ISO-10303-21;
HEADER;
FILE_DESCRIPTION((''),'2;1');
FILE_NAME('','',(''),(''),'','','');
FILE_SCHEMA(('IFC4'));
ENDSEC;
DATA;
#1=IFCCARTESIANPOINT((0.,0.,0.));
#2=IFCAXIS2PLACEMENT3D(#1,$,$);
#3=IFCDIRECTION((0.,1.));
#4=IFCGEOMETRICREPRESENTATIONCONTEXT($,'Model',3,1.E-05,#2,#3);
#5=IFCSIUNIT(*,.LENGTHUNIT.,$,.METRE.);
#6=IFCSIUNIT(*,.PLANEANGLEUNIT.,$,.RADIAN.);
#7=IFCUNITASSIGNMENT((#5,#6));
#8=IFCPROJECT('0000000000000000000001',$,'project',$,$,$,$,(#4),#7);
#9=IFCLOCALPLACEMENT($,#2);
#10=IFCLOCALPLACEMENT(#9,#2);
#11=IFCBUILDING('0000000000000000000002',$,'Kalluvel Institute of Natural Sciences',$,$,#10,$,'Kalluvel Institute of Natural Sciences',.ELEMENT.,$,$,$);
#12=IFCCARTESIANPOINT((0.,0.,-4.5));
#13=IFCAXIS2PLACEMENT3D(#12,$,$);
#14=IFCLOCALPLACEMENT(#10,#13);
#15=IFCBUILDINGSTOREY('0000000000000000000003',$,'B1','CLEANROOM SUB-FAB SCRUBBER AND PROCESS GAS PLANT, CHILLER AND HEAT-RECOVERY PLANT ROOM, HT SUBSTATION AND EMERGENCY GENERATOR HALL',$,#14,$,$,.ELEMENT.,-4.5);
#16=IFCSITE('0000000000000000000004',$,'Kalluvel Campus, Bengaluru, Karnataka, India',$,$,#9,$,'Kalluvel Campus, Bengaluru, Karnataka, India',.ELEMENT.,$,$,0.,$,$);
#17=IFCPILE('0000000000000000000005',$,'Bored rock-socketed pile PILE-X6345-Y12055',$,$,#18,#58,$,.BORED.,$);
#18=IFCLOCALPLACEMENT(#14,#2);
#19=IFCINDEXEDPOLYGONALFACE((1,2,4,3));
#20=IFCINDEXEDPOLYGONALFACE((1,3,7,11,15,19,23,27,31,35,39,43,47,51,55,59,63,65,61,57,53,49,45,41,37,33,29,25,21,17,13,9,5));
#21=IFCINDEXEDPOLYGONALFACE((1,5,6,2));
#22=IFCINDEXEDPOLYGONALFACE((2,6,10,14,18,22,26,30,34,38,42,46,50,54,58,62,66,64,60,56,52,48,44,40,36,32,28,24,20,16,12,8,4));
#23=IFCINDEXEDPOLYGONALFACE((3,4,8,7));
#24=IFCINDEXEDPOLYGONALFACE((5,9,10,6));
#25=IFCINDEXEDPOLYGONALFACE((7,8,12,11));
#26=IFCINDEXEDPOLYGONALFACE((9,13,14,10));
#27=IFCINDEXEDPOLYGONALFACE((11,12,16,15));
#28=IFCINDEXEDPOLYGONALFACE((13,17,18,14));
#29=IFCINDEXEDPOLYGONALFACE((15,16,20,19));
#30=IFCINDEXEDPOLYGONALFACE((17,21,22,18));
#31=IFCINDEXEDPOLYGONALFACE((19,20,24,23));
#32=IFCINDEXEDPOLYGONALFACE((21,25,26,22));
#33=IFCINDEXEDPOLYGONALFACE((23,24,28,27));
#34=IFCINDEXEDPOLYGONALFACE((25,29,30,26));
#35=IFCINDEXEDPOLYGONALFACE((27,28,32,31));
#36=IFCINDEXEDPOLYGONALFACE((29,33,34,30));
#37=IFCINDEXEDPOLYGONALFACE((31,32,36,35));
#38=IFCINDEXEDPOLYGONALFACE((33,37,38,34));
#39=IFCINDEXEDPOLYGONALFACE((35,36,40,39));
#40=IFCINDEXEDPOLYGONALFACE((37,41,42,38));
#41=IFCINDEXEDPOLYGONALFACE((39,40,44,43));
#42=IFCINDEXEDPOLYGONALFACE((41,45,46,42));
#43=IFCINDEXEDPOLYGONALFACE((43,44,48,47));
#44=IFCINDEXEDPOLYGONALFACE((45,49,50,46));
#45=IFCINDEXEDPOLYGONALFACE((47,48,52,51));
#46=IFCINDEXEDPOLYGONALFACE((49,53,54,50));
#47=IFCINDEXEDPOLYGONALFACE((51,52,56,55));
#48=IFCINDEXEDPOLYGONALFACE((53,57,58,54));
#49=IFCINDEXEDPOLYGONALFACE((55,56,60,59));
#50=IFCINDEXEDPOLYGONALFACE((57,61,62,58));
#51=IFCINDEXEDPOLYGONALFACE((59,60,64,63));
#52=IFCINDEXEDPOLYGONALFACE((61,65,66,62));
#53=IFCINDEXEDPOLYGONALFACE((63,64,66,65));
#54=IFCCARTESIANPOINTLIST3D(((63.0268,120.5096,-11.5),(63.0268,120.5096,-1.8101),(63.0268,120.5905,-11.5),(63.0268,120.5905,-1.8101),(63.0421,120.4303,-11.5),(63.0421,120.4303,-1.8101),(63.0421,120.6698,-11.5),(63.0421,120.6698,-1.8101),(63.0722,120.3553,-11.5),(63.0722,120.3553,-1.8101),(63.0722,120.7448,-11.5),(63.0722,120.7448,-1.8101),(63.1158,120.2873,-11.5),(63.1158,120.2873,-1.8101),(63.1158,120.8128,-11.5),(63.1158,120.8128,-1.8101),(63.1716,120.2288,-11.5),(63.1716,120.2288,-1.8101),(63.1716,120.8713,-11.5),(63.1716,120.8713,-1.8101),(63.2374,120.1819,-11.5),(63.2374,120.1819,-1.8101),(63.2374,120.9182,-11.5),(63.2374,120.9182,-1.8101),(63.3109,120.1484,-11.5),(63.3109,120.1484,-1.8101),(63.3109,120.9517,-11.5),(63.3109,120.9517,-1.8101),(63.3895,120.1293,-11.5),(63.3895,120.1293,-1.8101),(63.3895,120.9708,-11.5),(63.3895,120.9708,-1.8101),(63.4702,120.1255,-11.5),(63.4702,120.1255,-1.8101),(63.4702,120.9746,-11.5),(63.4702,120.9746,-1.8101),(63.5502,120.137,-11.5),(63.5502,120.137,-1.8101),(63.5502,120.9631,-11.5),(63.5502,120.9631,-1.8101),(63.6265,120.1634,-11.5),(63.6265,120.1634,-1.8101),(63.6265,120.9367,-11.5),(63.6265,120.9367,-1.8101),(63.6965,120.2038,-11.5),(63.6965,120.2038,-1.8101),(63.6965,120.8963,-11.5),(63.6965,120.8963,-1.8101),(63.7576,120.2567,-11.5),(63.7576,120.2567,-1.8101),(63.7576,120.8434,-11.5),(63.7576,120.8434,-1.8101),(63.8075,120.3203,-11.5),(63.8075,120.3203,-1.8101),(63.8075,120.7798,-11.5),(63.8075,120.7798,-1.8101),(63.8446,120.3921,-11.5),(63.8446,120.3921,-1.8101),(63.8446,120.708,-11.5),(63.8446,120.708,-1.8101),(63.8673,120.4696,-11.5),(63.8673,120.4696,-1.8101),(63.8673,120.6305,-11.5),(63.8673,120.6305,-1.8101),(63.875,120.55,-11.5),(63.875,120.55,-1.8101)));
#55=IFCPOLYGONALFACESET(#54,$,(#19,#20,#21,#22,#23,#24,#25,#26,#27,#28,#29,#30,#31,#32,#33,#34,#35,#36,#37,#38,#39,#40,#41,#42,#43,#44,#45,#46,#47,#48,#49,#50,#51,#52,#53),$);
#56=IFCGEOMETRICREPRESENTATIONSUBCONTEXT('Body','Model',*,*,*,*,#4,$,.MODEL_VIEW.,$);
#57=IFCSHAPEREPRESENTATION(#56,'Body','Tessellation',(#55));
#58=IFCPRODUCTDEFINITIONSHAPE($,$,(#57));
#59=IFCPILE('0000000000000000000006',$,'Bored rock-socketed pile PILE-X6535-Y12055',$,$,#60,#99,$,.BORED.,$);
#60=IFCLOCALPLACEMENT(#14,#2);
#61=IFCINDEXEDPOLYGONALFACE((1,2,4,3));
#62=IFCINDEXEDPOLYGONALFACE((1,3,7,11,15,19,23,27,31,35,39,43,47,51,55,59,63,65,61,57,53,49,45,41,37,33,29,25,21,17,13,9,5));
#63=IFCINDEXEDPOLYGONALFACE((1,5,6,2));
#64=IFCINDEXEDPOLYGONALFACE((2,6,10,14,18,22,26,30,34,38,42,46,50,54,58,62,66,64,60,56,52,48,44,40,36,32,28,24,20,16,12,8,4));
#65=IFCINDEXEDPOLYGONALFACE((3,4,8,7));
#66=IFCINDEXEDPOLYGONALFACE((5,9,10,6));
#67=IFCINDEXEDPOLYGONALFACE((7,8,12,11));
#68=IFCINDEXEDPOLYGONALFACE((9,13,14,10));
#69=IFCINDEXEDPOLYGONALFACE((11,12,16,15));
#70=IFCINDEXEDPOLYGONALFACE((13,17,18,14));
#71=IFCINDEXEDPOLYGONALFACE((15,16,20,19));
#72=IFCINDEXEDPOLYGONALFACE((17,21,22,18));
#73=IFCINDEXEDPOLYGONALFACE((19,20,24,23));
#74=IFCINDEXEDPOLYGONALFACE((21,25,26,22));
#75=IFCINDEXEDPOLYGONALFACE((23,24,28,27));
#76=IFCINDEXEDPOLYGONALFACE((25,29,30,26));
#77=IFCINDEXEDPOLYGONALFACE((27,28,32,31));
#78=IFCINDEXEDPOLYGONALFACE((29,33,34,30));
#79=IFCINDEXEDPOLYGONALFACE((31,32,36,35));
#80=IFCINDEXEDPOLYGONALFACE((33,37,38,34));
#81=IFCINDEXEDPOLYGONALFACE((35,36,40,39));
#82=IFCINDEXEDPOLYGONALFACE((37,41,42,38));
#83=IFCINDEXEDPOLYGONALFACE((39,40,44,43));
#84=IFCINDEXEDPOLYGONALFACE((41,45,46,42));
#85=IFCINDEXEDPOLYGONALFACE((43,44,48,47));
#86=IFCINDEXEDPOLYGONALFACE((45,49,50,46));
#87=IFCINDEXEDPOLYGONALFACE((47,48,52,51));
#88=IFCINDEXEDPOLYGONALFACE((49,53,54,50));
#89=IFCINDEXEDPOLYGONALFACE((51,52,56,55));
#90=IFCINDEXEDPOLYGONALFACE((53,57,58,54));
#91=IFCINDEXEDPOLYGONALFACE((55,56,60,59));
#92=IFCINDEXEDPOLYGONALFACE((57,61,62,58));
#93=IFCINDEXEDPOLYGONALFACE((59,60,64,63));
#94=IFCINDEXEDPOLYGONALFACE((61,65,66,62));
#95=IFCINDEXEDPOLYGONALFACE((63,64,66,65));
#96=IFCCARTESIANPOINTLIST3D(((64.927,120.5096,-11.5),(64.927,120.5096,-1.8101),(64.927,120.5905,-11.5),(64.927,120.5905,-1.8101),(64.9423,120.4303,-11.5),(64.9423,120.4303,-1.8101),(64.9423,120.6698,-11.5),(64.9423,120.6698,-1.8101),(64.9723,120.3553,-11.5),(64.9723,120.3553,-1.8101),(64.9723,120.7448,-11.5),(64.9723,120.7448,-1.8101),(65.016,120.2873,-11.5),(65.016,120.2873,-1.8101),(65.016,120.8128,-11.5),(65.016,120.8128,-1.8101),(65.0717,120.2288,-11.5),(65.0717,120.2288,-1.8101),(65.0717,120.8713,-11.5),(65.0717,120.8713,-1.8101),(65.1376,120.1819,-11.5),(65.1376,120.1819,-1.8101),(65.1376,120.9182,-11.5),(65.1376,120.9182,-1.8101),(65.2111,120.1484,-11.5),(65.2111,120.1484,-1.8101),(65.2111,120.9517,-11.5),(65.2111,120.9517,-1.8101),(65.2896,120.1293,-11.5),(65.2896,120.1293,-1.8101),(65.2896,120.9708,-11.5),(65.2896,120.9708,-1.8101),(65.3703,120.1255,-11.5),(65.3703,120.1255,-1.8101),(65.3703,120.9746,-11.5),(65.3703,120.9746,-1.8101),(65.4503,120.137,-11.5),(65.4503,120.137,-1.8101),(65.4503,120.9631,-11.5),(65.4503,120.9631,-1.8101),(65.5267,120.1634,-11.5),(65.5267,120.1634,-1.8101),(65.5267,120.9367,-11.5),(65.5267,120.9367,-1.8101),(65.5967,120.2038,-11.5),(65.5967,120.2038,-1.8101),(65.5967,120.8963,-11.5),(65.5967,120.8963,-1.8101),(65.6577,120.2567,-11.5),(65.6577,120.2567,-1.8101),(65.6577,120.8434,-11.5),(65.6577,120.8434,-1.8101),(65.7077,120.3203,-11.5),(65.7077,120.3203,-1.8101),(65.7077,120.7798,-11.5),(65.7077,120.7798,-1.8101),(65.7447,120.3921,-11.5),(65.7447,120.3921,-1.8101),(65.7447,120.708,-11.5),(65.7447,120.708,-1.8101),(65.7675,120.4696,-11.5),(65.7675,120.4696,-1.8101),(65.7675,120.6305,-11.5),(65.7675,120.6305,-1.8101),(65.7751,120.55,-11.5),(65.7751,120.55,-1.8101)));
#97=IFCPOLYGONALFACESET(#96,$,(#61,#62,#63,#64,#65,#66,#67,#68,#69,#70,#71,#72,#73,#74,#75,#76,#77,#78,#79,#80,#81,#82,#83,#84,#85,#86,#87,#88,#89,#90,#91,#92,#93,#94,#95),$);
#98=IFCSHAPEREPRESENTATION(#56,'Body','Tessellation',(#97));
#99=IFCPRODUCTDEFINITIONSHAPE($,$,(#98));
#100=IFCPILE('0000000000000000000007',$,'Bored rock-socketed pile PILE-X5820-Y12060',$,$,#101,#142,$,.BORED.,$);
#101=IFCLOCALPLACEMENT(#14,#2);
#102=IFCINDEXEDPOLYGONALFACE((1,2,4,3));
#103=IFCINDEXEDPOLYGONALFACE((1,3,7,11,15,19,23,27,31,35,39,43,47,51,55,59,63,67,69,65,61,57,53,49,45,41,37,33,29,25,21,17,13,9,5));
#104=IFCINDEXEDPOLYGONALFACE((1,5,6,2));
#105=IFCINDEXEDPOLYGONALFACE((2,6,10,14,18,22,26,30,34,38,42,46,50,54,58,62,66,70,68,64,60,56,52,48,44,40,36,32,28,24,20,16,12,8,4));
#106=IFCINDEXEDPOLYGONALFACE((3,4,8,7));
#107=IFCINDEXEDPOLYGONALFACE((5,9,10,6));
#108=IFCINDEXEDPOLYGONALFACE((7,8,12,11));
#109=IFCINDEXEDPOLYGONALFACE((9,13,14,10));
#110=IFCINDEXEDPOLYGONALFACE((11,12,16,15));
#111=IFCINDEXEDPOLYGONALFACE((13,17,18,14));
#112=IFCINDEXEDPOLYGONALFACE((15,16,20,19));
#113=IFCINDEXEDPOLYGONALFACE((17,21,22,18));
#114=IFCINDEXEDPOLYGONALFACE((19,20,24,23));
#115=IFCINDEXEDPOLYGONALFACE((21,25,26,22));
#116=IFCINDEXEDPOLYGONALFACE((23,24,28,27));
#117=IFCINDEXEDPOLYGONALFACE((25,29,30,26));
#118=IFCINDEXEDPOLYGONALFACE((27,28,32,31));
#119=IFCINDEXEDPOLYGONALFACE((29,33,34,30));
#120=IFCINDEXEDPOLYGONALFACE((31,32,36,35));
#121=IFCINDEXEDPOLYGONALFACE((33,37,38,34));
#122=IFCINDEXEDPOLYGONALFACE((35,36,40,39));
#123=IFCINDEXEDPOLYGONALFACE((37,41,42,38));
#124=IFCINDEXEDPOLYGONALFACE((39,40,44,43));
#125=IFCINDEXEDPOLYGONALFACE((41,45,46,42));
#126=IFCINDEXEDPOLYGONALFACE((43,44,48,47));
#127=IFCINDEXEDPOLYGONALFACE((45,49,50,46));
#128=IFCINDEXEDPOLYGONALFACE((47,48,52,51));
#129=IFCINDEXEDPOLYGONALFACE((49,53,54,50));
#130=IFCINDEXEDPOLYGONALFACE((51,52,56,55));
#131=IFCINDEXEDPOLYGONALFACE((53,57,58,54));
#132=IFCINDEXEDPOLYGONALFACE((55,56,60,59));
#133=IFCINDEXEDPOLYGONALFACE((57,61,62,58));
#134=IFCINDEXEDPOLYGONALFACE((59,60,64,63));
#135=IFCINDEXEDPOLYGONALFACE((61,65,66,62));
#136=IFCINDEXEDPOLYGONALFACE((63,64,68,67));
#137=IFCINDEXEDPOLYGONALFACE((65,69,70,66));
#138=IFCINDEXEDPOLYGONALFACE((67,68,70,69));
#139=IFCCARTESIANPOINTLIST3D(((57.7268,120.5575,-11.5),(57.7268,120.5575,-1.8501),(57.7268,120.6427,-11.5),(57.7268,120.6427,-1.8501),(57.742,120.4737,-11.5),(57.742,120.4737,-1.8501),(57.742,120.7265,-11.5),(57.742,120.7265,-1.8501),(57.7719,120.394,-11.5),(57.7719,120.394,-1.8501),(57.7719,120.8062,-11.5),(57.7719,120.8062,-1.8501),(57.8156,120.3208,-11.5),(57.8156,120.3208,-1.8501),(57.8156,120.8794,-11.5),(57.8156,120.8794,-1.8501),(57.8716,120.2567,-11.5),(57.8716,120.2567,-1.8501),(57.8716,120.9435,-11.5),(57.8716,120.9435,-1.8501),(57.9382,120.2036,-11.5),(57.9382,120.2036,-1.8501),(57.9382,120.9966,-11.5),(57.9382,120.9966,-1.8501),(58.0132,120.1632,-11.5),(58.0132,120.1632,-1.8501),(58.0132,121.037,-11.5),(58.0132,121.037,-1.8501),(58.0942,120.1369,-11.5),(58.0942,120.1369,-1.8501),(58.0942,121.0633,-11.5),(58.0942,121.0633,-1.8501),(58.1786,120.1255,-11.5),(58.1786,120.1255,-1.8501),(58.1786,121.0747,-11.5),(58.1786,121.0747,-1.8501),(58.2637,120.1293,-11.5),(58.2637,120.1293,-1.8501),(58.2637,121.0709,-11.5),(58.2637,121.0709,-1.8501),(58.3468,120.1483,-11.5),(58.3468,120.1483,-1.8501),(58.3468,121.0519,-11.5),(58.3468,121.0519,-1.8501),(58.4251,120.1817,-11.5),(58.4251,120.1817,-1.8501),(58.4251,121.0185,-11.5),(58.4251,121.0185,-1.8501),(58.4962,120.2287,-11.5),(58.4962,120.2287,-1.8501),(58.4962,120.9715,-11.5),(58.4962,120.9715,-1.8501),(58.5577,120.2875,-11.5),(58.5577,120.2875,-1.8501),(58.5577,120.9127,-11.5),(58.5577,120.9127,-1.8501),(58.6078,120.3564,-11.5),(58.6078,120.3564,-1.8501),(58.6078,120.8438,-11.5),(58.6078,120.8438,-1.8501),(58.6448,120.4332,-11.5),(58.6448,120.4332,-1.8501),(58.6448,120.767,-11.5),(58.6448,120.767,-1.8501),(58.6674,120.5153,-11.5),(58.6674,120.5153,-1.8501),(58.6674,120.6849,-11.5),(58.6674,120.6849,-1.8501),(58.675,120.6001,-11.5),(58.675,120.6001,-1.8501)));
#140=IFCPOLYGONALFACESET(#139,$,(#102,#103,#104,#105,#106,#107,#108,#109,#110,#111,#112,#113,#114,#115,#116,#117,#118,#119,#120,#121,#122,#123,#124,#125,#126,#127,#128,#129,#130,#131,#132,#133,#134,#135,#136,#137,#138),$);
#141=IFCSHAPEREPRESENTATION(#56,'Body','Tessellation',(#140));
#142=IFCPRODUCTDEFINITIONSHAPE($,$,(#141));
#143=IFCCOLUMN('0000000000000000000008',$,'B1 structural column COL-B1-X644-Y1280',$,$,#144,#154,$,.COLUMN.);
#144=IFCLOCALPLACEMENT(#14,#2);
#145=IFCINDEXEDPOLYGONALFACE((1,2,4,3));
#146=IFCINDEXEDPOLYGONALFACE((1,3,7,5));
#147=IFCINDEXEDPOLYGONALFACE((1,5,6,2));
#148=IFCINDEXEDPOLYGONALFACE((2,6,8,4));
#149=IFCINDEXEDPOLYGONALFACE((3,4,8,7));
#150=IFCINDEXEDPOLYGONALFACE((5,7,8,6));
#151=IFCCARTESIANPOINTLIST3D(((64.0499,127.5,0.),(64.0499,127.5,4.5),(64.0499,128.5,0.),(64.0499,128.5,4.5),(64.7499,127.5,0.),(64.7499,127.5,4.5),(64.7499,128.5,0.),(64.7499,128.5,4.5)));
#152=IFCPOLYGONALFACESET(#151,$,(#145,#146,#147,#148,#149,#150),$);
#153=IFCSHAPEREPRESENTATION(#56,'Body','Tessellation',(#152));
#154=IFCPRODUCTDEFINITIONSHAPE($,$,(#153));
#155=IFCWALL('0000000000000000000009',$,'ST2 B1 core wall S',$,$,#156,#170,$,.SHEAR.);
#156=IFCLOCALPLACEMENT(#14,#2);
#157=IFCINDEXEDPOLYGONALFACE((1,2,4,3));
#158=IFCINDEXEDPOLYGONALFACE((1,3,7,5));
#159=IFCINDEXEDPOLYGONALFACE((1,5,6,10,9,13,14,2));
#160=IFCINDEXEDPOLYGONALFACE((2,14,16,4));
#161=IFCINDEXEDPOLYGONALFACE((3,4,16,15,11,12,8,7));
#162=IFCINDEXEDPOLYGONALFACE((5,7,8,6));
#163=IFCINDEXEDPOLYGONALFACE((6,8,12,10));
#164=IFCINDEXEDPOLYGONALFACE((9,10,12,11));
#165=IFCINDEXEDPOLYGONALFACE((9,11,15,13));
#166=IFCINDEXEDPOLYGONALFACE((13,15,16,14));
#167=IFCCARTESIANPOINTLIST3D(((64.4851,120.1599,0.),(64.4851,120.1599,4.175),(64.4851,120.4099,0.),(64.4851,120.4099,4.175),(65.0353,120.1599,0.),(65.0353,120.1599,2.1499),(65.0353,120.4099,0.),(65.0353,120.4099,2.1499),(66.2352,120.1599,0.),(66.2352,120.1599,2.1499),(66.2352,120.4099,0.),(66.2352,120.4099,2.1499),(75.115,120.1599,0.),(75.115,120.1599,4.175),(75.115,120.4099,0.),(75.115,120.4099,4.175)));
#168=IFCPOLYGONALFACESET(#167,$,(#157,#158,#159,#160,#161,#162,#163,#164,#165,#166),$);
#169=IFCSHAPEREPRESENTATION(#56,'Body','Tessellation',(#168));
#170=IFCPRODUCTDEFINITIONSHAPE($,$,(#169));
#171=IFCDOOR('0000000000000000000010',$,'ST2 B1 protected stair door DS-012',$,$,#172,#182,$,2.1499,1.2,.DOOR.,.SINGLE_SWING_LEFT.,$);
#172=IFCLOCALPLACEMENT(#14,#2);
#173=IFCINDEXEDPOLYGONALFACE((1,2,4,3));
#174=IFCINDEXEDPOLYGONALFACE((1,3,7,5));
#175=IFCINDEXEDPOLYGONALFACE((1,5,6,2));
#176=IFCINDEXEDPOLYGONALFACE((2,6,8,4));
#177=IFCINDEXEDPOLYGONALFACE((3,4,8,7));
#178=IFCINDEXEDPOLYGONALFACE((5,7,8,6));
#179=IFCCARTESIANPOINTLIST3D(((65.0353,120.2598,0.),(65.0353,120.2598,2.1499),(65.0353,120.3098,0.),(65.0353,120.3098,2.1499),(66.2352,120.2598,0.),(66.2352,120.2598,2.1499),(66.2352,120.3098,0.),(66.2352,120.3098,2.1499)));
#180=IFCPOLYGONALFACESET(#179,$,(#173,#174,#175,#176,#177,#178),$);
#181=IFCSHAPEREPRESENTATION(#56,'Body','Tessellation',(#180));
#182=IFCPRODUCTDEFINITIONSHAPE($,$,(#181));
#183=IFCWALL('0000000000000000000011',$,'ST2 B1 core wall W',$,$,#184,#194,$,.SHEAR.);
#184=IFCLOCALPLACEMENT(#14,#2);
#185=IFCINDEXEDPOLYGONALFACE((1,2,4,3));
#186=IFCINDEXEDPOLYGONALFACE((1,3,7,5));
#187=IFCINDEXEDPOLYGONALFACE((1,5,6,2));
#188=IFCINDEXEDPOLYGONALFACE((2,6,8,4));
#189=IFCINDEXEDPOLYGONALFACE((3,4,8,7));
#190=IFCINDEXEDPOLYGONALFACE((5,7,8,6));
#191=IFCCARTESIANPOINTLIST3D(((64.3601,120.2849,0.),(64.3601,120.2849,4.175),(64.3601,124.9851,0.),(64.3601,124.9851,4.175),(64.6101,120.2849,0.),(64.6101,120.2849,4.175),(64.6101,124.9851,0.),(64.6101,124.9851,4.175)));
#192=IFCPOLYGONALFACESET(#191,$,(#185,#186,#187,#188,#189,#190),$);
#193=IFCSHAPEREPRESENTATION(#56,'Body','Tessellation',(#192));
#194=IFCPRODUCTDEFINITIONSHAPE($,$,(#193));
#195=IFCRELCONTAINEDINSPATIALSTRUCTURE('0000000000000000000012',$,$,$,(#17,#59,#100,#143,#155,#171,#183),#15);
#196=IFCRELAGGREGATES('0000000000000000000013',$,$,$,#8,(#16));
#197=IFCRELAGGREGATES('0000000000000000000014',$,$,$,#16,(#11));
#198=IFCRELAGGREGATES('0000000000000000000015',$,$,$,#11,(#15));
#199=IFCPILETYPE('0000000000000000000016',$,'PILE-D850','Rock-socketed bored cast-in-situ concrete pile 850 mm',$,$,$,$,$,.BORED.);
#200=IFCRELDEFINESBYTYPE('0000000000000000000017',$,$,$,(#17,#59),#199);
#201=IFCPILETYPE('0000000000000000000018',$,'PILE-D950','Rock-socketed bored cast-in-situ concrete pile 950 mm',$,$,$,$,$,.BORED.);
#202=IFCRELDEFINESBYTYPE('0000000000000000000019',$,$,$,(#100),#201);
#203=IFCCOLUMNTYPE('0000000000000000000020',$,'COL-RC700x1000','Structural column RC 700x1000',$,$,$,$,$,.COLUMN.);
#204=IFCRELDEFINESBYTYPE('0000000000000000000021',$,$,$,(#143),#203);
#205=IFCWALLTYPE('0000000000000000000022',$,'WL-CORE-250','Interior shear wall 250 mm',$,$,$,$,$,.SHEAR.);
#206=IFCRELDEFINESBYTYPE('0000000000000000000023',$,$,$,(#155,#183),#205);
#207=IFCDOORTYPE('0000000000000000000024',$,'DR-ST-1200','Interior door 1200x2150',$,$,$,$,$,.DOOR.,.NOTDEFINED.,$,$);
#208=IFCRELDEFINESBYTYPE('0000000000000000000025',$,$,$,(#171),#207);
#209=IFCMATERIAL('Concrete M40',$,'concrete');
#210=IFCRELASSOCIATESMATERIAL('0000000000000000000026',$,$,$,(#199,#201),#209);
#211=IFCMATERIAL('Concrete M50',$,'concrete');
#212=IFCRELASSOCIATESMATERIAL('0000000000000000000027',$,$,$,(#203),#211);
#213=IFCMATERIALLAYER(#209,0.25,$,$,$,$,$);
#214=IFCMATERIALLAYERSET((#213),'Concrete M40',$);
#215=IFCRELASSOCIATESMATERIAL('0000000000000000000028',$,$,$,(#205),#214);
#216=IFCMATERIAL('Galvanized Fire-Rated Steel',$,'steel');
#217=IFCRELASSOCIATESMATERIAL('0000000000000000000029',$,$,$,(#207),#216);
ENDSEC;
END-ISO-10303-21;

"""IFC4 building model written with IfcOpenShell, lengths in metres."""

from ifc_helpers import new_model, si_unit, direction, frame, frame_2d, origin, origin_2d, place, context, subcontext, project, spatial, rectangle, circle, extrude, material, layer, layer_set, material_profile, profile_set, type_object, element, fill, save


model = new_model("IFC4")

# Units and contexts
model_context = context("Model", 3, precision=1e-05, world=origin(), true_north=direction((0.0, 1.0)))
body_context = subcontext(model_context, "Body", "Model", "MODEL_VIEW")
ifc_project = project(units=[si_unit("LENGTHUNIT", "METRE"), si_unit("PLANEANGLEUNIT", "RADIAN")], contexts=[model_context])

# Site, building, storey
site_placement = place(None, origin())
site = spatial("IfcSite", under=ifc_project, at=site_placement, Name="Kalluvel Campus, Bengaluru, Karnataka, India", LongName="Kalluvel Campus, Bengaluru, Karnataka, India", CompositionType="ELEMENT", RefElevation=0.0)
building_placement = place(site_placement, origin())
building = spatial("IfcBuilding", under=site, at=building_placement, Name="Kalluvel Institute of Natural Sciences", LongName="Kalluvel Institute of Natural Sciences", CompositionType="ELEMENT")
storey_placement = place(building_placement, frame((0.0, 0.0, -4.5)))
storey = spatial("IfcBuildingStorey", under=building, at=storey_placement, Name="B1", Description="CLEANROOM SUB-FAB SCRUBBER AND PROCESS GAS PLANT, CHILLER AND HEAT-RECOVERY PLANT ROOM, HT SUBSTATION AND EMERGENCY GENERATOR HALL", CompositionType="ELEMENT", Elevation=-4.5)

# Shared definitions
ifc_material_1 = material(Name="Concrete M40", Category="concrete")

# Piles
ifc_material_profile_1 = material_profile(ifc_material_1, circle(Radius=0.425, at=origin_2d()), Name="PILE D850")
ifc_profile_set_1 = profile_set([ifc_material_profile_1], Name="Concrete M40")
pile_type_1 = type_object("IfcPileType", Name="PILE-D850", Description="Rock-socketed bored cast-in-situ concrete pile 850 mm", PredefinedType="BORED", material=ifc_profile_set_1)
for number, where, z_axis, x_axis, name in (
    (1, (63.45, 120.55, -1.8101), (0.0, 0.0, -1.0), (1.0, 0.0, 0.0), "Bored rock-socketed pile PILE-X6345-Y12055"),
    (2, (65.3501, 120.55, -1.8101), (0.0, 0.0, -1.0), (1.0, 0.0, 0.0), "Bored rock-socketed pile PILE-X6535-Y12055"),
):
    element("IfcPile", number, at=place(storey_placement, frame(where, z_axis=z_axis, x_axis=x_axis)), inside=storey, type_object=pile_type_1, Name=name, PredefinedType="BORED", context=body_context, shape_type="SweptSolid", body=[
        extrude(circle(Radius=0.425, at=origin_2d()), origin(), (0.0, 0.0, 1.0), 9.6899),
    ])
ifc_material_profile_2 = material_profile(ifc_material_1, circle(Radius=0.4751, at=origin_2d()), Name="PILE D950")
ifc_profile_set_2 = profile_set([ifc_material_profile_2], Name="Concrete M40")
pile_type_2 = type_object("IfcPileType", Name="PILE-D950", Description="Rock-socketed bored cast-in-situ concrete pile 950 mm", PredefinedType="BORED", material=ifc_profile_set_2)
pile_placement = place(storey_placement, frame((58.2, 120.6001, -1.8501), z_axis=(0.0, 0.0, -1.0), x_axis=(1.0, 0.0, 0.0)))
element("IfcPile", 3, at=pile_placement, inside=storey, type_object=pile_type_2, Name="Bored rock-socketed pile PILE-X5820-Y12060", PredefinedType="BORED", context=body_context, shape_type="SweptSolid", body=[
    extrude(circle(Radius=0.4751, at=origin_2d()), origin(), (0.0, 0.0, 1.0), 9.6499),
])

# Column
ifc_material_2 = material(Name="Concrete M50", Category="concrete")
ifc_material_profile_3 = material_profile(ifc_material_2, rectangle(XDim=0.7, YDim=1.0, at=origin_2d()), Name="RC 700x1000")
ifc_profile_set_3 = profile_set([ifc_material_profile_3], Name="Concrete M50")
column_type = type_object("IfcColumnType", Name="COL-RC700x1000", Description="Structural column RC 700x1000", PredefinedType="COLUMN", material=ifc_profile_set_3)
column_placement = place(storey_placement, frame((64.3999, 128.0, 0.0), z_axis=(0.0, 0.0, 1.0), x_axis=(1.0, 0.0, 0.0)))
element("IfcColumn", 4, at=column_placement, inside=storey, type_object=column_type, Name="B1 structural column COL-B1-X644-Y1280", PredefinedType="COLUMN", context=body_context, shape_type="SweptSolid", body=[
    extrude(rectangle(XDim=0.7, YDim=1.0, at=origin_2d()), origin(), (0.0, 0.0, 1.0), 4.5),
])

# Wall, opening, door
ifc_layer_1 = layer(ifc_material_1, 0.25)
ifc_layer_set_1 = layer_set([ifc_layer_1], Name="Concrete M40")
wall_type_1 = type_object("IfcWallType", Name="WL-CORE-250", Description="Interior shear wall 250 mm", PredefinedType="SHEAR", material=ifc_layer_set_1)
wall_1_placement = place(storey_placement, frame((64.4851, 120.2849, 0.0), z_axis=(0.0, 0.0, 1.0), x_axis=(1.0, 0.0, 0.0)))
wall_1 = element("IfcWall", 5, at=wall_1_placement, inside=storey, type_object=wall_type_1, Name="ST2 B1 core wall S", PredefinedType="SHEAR", context=body_context, shape_type="SweptSolid", body=[
    extrude(rectangle(XDim=10.6299, YDim=0.25, at=frame_2d((5.3149, 0.0))), origin(), (0.0, 0.0, 1.0), 4.175),
])
opening_1_placement = place(wall_1_placement, frame((0.55, 0.0, 0.0)))
opening_1 = element("IfcOpeningElement", 6, at=opening_1_placement, cuts=wall_1, PredefinedType="OPENING", context=body_context, shape_type="SweptSolid", body=[
    extrude(rectangle(XDim=1.2, YDim=2.1499, at=frame_2d((0.6001, 1.075))), frame((0.0, 0.135, 0.0), z_axis=(0.0, -1.0, 0.0), x_axis=(1.0, 0.0, 0.0)), (0.0, 0.0, 1.0), 0.27),
])
ifc_material_3 = material(Name="Galvanized Fire-Rated Steel", Category="steel")
door_type_1 = type_object("IfcDoorType", Name="DR-ST-1200", Description="Interior door 1200x2150", OperationType="NOTDEFINED", PredefinedType="DOOR", material=ifc_material_3)
door_1_placement = place(opening_1_placement, origin())
door_1 = element("IfcDoor", 7, at=door_1_placement, inside=storey, type_object=door_type_1, Name="ST2 B1 protected stair door DS-012", OperationType="SINGLE_SWING_LEFT", OverallHeight=2.1499, OverallWidth=1.2, PredefinedType="DOOR", context=body_context, shape_type="SweptSolid", body=[
    extrude(rectangle(XDim=1.2, YDim=2.1499, at=frame_2d((0.6001, 1.075))), frame((0.0, 0.0249, 0.0), z_axis=(0.0, -1.0, 0.0), x_axis=(1.0, 0.0, 0.0)), (0.0, 0.0, 1.0), 0.05),
])
fill(opening_1, door_1)

# Wall
wall_2_placement = place(storey_placement, frame((64.4851, 124.9851, 0.0), z_axis=(0.0, 0.0, 1.0), x_axis=(0.0, -1.0, 0.0)))
element("IfcWall", 8, at=wall_2_placement, inside=storey, type_object=wall_type_1, Name="ST2 B1 core wall W", PredefinedType="SHEAR", context=body_context, shape_type="SweptSolid", body=[
    extrude(rectangle(XDim=4.7002, YDim=0.25, at=frame_2d((2.3501, 0.0))), origin(), (0.0, 0.0, 1.0), 4.175),
])

save(model, "model.ifc")
